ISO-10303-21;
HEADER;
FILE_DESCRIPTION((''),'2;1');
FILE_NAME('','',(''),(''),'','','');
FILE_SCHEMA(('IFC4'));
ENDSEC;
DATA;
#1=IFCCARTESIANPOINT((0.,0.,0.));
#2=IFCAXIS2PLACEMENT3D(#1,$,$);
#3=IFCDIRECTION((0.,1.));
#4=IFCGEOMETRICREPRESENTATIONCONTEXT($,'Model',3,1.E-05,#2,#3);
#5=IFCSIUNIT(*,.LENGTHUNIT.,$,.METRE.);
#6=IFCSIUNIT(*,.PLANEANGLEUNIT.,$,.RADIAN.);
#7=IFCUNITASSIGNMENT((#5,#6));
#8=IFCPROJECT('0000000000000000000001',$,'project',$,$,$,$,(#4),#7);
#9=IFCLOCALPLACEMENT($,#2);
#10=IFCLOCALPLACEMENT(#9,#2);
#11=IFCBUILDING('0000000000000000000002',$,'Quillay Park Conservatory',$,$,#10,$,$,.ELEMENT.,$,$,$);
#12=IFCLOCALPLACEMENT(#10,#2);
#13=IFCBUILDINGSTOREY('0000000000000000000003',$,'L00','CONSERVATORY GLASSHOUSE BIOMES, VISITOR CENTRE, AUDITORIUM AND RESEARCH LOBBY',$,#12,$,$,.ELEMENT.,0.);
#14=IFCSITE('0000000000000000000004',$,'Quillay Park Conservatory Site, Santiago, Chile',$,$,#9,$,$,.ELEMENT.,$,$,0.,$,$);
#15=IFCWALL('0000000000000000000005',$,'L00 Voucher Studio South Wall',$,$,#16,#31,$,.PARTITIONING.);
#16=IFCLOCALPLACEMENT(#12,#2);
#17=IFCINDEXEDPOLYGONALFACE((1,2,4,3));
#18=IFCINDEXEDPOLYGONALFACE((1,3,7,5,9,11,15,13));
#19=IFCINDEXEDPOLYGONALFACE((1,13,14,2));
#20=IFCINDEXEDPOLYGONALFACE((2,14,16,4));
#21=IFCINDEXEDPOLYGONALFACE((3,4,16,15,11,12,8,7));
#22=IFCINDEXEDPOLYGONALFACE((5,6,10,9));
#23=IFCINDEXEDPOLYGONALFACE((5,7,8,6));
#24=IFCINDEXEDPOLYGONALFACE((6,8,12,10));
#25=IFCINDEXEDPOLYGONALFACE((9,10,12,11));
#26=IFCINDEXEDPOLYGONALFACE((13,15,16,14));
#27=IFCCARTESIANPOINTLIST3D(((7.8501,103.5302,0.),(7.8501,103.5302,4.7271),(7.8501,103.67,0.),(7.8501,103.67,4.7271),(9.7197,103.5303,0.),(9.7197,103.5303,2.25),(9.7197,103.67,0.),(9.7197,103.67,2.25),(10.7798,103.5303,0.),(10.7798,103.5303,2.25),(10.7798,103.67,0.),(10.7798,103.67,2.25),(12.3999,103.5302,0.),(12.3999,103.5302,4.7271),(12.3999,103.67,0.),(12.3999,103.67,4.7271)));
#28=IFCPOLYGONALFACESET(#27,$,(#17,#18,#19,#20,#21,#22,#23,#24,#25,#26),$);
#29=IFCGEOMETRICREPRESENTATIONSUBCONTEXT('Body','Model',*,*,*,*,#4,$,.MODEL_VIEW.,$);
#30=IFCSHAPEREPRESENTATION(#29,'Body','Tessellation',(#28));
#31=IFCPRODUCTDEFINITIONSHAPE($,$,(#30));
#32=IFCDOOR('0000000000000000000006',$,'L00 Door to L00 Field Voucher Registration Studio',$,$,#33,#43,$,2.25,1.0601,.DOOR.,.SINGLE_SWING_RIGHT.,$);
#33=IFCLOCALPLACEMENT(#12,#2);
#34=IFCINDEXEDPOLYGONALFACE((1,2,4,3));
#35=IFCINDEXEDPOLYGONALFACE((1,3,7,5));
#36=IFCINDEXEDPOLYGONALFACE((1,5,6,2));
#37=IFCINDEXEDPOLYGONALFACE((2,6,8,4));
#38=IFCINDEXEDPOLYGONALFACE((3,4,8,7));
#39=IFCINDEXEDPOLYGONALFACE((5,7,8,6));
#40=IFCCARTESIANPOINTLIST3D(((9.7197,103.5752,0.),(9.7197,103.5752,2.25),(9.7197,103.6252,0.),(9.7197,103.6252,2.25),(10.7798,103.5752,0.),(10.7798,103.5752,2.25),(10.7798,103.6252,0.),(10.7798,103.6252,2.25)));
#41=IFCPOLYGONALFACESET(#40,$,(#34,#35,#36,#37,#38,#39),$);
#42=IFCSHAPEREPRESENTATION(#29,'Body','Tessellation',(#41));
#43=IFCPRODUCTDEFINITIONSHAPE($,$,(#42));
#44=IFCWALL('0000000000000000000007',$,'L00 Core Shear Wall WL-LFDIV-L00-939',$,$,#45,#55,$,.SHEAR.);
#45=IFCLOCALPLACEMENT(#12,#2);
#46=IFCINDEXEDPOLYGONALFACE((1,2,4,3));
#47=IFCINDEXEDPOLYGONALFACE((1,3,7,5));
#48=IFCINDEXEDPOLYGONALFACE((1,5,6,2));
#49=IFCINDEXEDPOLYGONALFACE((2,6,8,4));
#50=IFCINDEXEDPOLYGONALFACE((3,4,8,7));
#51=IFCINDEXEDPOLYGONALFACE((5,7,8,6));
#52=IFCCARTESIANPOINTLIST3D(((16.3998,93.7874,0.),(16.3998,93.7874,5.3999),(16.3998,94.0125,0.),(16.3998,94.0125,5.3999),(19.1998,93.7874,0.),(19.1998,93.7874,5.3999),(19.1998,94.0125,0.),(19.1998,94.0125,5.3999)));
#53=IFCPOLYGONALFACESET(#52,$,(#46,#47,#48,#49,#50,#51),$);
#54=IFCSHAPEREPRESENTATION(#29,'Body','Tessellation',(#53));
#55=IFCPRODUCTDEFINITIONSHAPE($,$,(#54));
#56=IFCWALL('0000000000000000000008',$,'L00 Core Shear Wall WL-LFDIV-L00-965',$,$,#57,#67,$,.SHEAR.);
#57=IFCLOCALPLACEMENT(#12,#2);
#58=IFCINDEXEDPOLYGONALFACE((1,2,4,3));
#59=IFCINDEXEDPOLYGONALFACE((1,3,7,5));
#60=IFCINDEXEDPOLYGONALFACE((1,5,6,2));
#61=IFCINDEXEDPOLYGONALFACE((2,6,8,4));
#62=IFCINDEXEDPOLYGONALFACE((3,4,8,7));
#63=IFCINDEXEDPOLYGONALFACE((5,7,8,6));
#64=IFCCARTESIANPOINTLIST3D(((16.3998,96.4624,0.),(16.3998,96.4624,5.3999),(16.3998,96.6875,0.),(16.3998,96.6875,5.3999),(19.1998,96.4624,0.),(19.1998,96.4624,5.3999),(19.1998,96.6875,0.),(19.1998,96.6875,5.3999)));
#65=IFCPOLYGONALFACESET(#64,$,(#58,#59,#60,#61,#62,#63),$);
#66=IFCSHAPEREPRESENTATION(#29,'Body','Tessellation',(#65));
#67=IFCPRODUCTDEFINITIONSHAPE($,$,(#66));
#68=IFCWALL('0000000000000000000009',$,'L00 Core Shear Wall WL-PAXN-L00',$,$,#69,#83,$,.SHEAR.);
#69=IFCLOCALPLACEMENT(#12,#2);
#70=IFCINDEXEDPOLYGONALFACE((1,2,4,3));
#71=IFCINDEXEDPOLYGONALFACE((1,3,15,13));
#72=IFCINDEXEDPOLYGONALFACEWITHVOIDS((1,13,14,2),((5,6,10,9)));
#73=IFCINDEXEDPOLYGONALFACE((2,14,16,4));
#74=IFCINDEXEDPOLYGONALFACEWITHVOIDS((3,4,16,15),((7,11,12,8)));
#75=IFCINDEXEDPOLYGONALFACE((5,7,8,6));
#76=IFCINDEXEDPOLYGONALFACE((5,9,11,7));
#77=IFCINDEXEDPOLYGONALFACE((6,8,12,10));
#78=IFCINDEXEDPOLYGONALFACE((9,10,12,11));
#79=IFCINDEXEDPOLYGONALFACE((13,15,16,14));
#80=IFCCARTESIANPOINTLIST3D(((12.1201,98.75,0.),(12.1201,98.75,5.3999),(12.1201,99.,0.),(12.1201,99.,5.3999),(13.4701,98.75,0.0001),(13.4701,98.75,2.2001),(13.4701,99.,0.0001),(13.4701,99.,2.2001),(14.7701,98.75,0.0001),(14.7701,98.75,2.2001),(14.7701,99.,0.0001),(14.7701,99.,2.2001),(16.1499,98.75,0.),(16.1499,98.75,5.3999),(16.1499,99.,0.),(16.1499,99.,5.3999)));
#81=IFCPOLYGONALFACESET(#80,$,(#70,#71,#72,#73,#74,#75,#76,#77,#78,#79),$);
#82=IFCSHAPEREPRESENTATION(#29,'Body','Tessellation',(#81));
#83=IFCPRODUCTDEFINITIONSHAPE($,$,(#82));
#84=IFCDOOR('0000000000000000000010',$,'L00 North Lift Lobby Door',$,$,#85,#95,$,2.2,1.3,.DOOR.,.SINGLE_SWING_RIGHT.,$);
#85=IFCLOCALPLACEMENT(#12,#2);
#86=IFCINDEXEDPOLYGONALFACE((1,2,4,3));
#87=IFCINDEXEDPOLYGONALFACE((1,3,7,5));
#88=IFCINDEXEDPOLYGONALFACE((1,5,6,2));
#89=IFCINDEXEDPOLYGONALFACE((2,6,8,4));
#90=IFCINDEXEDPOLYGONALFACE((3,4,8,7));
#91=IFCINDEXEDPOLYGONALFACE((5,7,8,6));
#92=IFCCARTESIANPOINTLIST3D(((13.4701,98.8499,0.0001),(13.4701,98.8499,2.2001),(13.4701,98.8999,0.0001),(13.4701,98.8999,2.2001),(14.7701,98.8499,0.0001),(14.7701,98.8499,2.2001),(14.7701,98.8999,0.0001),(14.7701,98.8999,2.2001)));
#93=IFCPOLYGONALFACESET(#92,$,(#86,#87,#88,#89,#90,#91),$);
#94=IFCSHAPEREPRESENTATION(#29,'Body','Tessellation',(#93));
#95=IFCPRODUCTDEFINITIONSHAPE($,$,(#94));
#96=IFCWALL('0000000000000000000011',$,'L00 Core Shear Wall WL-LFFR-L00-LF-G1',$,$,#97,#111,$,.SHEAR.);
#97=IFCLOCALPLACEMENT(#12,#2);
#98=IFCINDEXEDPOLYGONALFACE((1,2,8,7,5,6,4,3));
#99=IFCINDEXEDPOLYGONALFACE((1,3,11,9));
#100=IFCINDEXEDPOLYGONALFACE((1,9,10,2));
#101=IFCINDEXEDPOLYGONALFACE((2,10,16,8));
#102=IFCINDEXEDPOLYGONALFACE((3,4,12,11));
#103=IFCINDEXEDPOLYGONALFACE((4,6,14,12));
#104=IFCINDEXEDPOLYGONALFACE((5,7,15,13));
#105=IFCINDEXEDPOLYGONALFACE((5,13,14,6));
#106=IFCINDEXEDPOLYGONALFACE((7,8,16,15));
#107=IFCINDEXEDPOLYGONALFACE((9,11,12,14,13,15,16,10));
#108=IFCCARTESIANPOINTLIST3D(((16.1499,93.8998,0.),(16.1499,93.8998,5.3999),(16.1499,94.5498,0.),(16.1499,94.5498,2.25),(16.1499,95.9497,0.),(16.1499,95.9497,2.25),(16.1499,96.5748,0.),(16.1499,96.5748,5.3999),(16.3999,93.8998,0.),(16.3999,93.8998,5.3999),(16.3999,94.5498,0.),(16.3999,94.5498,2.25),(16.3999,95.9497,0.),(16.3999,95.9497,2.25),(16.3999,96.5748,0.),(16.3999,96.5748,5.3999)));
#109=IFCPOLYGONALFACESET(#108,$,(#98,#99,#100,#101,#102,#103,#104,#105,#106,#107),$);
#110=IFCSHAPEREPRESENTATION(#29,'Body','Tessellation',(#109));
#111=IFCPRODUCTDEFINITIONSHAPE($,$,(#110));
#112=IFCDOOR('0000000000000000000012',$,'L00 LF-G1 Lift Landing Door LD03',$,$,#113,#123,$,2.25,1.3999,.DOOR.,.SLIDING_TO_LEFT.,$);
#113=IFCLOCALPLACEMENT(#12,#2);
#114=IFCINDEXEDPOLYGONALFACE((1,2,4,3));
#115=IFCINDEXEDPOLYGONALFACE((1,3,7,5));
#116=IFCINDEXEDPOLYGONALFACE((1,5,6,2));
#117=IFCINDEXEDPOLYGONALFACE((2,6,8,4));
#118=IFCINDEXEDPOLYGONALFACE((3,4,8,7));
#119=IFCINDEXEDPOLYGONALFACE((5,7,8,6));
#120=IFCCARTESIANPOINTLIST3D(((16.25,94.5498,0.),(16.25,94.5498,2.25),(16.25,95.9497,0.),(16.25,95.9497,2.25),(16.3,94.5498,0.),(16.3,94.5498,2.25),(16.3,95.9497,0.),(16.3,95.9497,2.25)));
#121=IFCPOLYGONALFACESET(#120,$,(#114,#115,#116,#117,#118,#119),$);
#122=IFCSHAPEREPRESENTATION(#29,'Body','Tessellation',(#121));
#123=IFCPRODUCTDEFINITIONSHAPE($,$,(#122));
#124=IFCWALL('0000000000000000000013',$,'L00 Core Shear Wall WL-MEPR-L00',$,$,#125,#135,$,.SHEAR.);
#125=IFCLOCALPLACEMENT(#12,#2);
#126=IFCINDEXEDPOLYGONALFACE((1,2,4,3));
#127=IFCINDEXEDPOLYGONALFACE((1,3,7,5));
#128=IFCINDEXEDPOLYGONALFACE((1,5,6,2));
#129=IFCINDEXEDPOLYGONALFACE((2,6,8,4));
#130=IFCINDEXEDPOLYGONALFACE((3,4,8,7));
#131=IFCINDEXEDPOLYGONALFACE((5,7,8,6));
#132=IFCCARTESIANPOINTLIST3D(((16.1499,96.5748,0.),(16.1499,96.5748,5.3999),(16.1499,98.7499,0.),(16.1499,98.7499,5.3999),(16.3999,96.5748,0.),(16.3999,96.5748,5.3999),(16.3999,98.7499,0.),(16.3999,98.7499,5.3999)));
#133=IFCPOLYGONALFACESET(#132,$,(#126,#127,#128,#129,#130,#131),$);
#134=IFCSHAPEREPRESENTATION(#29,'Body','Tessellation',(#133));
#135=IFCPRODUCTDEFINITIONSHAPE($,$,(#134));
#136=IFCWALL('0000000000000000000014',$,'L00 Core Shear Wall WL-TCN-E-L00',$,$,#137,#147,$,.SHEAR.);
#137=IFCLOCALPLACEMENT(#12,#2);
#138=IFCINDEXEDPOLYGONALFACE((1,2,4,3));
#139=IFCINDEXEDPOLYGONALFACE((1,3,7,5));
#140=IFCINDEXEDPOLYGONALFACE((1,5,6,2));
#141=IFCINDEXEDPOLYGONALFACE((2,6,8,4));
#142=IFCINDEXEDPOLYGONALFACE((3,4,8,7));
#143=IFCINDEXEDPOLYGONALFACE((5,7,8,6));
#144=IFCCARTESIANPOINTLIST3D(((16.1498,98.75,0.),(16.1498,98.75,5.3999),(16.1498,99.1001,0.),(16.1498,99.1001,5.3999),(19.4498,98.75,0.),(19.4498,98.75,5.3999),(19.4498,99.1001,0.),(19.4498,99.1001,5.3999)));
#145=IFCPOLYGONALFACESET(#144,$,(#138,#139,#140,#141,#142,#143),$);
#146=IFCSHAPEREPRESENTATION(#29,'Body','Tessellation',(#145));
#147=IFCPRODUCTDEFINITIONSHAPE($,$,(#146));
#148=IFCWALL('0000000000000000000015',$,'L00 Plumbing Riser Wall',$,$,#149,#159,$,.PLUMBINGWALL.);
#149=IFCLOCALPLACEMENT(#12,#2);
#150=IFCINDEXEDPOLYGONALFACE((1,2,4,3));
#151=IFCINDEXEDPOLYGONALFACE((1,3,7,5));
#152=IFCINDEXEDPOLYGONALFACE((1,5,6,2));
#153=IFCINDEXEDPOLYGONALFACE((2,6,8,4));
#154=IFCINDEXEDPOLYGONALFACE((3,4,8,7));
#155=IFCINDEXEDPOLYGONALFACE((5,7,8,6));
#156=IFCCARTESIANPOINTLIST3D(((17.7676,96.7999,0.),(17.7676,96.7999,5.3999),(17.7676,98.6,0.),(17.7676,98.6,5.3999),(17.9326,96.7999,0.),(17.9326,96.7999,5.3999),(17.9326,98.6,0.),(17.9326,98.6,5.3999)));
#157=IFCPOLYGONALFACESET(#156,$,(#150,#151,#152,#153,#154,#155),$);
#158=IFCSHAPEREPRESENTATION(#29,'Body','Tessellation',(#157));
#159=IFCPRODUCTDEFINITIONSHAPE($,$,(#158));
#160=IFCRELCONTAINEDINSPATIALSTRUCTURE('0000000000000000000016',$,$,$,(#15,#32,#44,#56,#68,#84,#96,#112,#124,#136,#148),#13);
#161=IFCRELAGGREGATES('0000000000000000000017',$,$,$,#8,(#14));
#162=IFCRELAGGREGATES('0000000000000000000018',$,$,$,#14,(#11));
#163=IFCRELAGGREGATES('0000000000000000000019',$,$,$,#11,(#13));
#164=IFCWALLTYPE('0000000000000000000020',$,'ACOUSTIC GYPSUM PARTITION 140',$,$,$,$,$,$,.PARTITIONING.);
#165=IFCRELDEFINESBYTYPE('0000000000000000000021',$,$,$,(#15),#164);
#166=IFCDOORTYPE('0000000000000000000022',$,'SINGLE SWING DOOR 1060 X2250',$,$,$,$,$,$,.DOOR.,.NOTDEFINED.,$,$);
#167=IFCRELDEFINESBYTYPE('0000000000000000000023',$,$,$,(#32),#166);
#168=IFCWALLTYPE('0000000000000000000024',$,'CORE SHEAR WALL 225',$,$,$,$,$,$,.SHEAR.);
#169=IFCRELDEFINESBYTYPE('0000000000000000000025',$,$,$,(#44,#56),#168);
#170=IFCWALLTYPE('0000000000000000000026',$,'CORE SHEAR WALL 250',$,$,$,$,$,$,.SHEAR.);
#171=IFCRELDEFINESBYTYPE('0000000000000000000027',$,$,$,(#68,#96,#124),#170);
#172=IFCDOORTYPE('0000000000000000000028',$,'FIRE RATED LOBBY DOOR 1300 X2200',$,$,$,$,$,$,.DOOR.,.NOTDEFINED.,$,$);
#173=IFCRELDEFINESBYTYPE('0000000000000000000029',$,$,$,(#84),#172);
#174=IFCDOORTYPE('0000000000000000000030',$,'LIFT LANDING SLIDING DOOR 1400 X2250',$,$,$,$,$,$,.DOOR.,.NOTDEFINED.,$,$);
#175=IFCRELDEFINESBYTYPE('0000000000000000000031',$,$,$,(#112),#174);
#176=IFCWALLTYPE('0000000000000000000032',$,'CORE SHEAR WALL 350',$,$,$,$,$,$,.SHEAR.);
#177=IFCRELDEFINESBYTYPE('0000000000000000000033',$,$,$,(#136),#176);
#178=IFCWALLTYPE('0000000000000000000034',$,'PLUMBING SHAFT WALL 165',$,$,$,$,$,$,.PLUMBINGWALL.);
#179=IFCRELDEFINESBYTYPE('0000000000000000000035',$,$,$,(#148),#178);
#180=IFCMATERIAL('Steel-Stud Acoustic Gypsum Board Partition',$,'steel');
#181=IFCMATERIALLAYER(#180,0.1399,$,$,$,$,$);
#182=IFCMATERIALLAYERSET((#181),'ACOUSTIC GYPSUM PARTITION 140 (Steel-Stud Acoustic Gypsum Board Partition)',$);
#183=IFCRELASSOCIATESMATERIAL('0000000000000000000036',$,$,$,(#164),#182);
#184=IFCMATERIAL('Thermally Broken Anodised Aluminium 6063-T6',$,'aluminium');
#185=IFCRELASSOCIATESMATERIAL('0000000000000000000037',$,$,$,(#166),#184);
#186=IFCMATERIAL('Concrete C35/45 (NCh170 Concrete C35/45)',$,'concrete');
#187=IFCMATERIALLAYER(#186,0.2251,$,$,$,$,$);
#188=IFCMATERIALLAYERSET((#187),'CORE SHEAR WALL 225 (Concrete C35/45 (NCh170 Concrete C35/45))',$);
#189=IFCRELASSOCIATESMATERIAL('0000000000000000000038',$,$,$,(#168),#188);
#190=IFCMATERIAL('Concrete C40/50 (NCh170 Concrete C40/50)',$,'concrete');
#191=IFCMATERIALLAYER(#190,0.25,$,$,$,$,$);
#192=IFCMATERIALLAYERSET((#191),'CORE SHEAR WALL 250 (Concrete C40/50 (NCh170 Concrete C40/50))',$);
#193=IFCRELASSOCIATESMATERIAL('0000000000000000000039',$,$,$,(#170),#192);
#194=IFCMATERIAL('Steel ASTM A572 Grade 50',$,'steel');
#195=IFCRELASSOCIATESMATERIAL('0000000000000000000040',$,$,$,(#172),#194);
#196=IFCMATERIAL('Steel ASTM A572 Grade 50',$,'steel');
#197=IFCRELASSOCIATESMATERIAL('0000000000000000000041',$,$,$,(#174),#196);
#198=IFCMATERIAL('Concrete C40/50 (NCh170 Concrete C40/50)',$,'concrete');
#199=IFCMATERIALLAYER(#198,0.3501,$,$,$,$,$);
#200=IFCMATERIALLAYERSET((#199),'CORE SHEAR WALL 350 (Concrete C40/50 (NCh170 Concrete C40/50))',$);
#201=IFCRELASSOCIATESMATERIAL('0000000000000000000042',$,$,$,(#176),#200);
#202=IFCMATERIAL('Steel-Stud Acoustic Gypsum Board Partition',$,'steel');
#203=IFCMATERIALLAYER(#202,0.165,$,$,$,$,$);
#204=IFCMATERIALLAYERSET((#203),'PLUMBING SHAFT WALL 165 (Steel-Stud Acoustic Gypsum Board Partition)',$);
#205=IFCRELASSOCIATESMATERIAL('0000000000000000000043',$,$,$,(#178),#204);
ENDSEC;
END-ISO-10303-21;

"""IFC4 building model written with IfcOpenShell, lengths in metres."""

from ifc_helpers import new_model, si_unit, direction, frame, frame_2d, origin, place, context, subcontext, project, spatial, rectangle, extrude, material, layer, layer_set, type_object, element, fill, save


model = new_model("IFC4")

# Units and contexts
model_context = context("Model", 3, precision=1e-05, world=origin(), true_north=direction((0.0, 1.0)))
body_context = subcontext(model_context, "Body", "Model", "MODEL_VIEW")
ifc_project = project(units=[si_unit("LENGTHUNIT", "METRE"), si_unit("PLANEANGLEUNIT", "RADIAN")], contexts=[model_context])

# Site, building, storey
site_placement = place(None, origin())
site = spatial("IfcSite", under=ifc_project, at=site_placement, Name="Quillay Park Conservatory Site, Santiago, Chile", CompositionType="ELEMENT", RefElevation=0.0)
building_placement = place(site_placement, origin())
building = spatial("IfcBuilding", under=site, at=building_placement, Name="Quillay Park Conservatory", CompositionType="ELEMENT")
storey_placement = place(building_placement, origin())
storey = spatial("IfcBuildingStorey", under=building, at=storey_placement, Name="L00", Description="CONSERVATORY GLASSHOUSE BIOMES, VISITOR CENTRE, AUDITORIUM AND RESEARCH LOBBY", CompositionType="ELEMENT", Elevation=0.0)

# Wall, opening, door
ifc_material_1 = material(Name="Steel-Stud Acoustic Gypsum Board Partition", Category="steel")
ifc_layer_1 = layer(ifc_material_1, 0.1399)
ifc_layer_set_1 = layer_set([ifc_layer_1], Name="ACOUSTIC GYPSUM PARTITION 140 (Steel-Stud Acoustic Gypsum Board Partition)")
wall_type_1 = type_object("IfcWallType", Name="ACOUSTIC GYPSUM PARTITION 140", PredefinedType="PARTITIONING", material=ifc_layer_set_1)
wall_1_placement = place(storey_placement, frame((12.3999, 103.6001, 0.0), z_axis=(0.0, 0.0, 1.0), x_axis=(-1.0, 0.0, 0.0)))
wall_1 = element("IfcWall", 1, at=wall_1_placement, inside=storey, type_object=wall_type_1, Name="L00 Voucher Studio South Wall", PredefinedType="PARTITIONING", context=body_context, shape_type="SweptSolid", body=[
    extrude(rectangle(XDim=4.5498, YDim=0.1399, at=frame_2d((2.2749, 0.0))), origin(), (0.0, 0.0, 1.0), 4.7271),
])
opening_1_placement = place(wall_1_placement, frame((1.6201, 0.0, 0.0)))
opening_1 = element("IfcOpeningElement", 2, at=opening_1_placement, cuts=wall_1, PredefinedType="OPENING", context=body_context, shape_type="SweptSolid", body=[
    extrude(rectangle(XDim=1.0601, YDim=2.25, at=frame_2d((0.53, 1.125))), frame((0.0, 0.0698, 0.0), z_axis=(0.0, -1.0, 0.0), x_axis=(1.0, 0.0, 0.0)), (0.0, 0.0, 1.0), 0.1399),
])
ifc_material_2 = material(Name="Thermally Broken Anodised Aluminium 6063-T6", Category="aluminium")
door_type_1 = type_object("IfcDoorType", Name="SINGLE SWING DOOR 1060 X2250", OperationType="NOTDEFINED", PredefinedType="DOOR", material=ifc_material_2)
door_1_placement = place(opening_1_placement, origin())
door_1 = element("IfcDoor", 3, at=door_1_placement, inside=storey, type_object=door_type_1, Name="L00 Door to L00 Field Voucher Registration Studio", OperationType="SINGLE_SWING_RIGHT", OverallHeight=2.25, OverallWidth=1.0601, PredefinedType="DOOR", context=body_context, shape_type="SweptSolid", body=[
    extrude(rectangle(XDim=1.0601, YDim=2.25, at=frame_2d((0.53, 1.125))), frame((0.0, 0.0249, 0.0), z_axis=(0.0, -1.0, 0.0), x_axis=(1.0, 0.0, 0.0)), (0.0, 0.0, 1.0), 0.05),
])
fill(opening_1, door_1)

# Walls
ifc_material_3 = material(Name="Concrete C35/45 (NCh170 Concrete C35/45)", Category="concrete")
ifc_layer_2 = layer(ifc_material_3, 0.2251)
ifc_layer_set_2 = layer_set([ifc_layer_2], Name="CORE SHEAR WALL 225 (Concrete C35/45 (NCh170 Concrete C35/45))")
wall_type_2 = type_object("IfcWallType", Name="CORE SHEAR WALL 225", PredefinedType="SHEAR", material=ifc_layer_set_2)
for number, where, z_axis, x_axis, name in (
    (4, (16.3999, 93.8999, 0.0), (0.0, 0.0, 1.0), (1.0, 0.0, 0.0), "L00 Core Shear Wall WL-LFDIV-L00-939"),
    (5, (16.3999, 96.575, 0.0), (0.0, 0.0, 1.0), (1.0, 0.0, 0.0), "L00 Core Shear Wall WL-LFDIV-L00-965"),
):
    element("IfcWall", number, at=place(storey_placement, frame(where, z_axis=z_axis, x_axis=x_axis)), inside=storey, type_object=wall_type_2, Name=name, PredefinedType="SHEAR", context=body_context, shape_type="SweptSolid", body=[
        extrude(rectangle(XDim=2.8, YDim=0.2251, at=frame_2d((1.3999, 0.0))), origin(), (0.0, 0.0, 1.0), 5.3999),
    ])

# Walls, openings, doors
ifc_material_4 = material(Name="Concrete C40/50 (NCh170 Concrete C40/50)", Category="concrete")
ifc_layer_3 = layer(ifc_material_4, 0.25)
ifc_layer_set_3 = layer_set([ifc_layer_3], Name="CORE SHEAR WALL 250 (Concrete C40/50 (NCh170 Concrete C40/50))")
wall_type_3 = type_object("IfcWallType", Name="CORE SHEAR WALL 250", PredefinedType="SHEAR", material=ifc_layer_set_3)
wall_2_placement = place(storey_placement, frame((12.1201, 98.875, 0.0), z_axis=(0.0, 0.0, 1.0), x_axis=(1.0, 0.0, 0.0)))
wall_2 = element("IfcWall", 6, at=wall_2_placement, inside=storey, type_object=wall_type_3, Name="L00 Core Shear Wall WL-PAXN-L00", PredefinedType="SHEAR", context=body_context, shape_type="SweptSolid", body=[
    extrude(rectangle(XDim=4.0298, YDim=0.25, at=frame_2d((2.0149, 0.0))), origin(), (0.0, 0.0, 1.0), 5.3999),
])
opening_2_placement = place(wall_2_placement, frame((1.3501, 0.0, 0.0)))
opening_2 = element("IfcOpeningElement", 7, at=opening_2_placement, cuts=wall_2, PredefinedType="OPENING", context=body_context, shape_type="SweptSolid", body=[
    extrude(rectangle(XDim=1.3, YDim=2.2, at=frame_2d((0.6499, 1.1001))), frame((0.0, 0.125, 0.0), z_axis=(0.0, -1.0, 0.0), x_axis=(1.0, 0.0, 0.0)), (0.0, 0.0, 1.0), 0.25),
])
ifc_material_5 = material(Name="Steel ASTM A572 Grade 50", Category="steel")
door_type_2 = type_object("IfcDoorType", Name="FIRE RATED LOBBY DOOR 1300 X2200", OperationType="NOTDEFINED", PredefinedType="DOOR", material=ifc_material_5)
door_2_placement = place(opening_2_placement, origin())
door_2 = element("IfcDoor", 8, at=door_2_placement, inside=storey, type_object=door_type_2, Name="L00 North Lift Lobby Door", OperationType="SINGLE_SWING_RIGHT", OverallHeight=2.2, OverallWidth=1.3, PredefinedType="DOOR", context=body_context, shape_type="SweptSolid", body=[
    extrude(rectangle(XDim=1.3, YDim=2.2, at=frame_2d((0.6499, 1.1001))), frame((0.0, 0.0249, 0.0), z_axis=(0.0, -1.0, 0.0), x_axis=(1.0, 0.0, 0.0)), (0.0, 0.0, 1.0), 0.05),
])
fill(opening_2, door_2)
wall_3_placement = place(storey_placement, frame((16.2749, 93.8999, 0.0), z_axis=(0.0, 0.0, 1.0), x_axis=(0.0, 1.0, 0.0)))
wall_3 = element("IfcWall", 9, at=wall_3_placement, inside=storey, type_object=wall_type_3, Name="L00 Core Shear Wall WL-LFFR-L00-LF-G1", PredefinedType="SHEAR", context=body_context, shape_type="SweptSolid", body=[
    extrude(rectangle(XDim=2.675, YDim=0.25, at=frame_2d((1.3374, 0.0))), origin(), (0.0, 0.0, 1.0), 5.3999),
])
opening_3_placement = place(wall_3_placement, frame((0.6499, 0.0, 0.0)))
opening_3 = element("IfcOpeningElement", 10, at=opening_3_placement, cuts=wall_3, PredefinedType="OPENING", context=body_context, shape_type="SweptSolid", body=[
    extrude(rectangle(XDim=1.3999, YDim=2.25, at=frame_2d((0.7, 1.125))), frame((0.0, 0.125, 0.0), z_axis=(0.0, -1.0, 0.0), x_axis=(1.0, 0.0, 0.0)), (0.0, 0.0, 1.0), 0.25),
])
ifc_material_6 = material(Name="Steel ASTM A572 Grade 50", Category="steel")
door_type_3 = type_object("IfcDoorType", Name="LIFT LANDING SLIDING DOOR 1400 X2250", OperationType="NOTDEFINED", PredefinedType="DOOR", material=ifc_material_6)
door_3_placement = place(opening_3_placement, origin())
door_3 = element("IfcDoor", 11, at=door_3_placement, inside=storey, type_object=door_type_3, Name="L00 LF-G1 Lift Landing Door LD03", OperationType="SLIDING_TO_LEFT", OverallHeight=2.25, OverallWidth=1.3999, PredefinedType="DOOR", context=body_context, shape_type="SweptSolid", body=[
    extrude(rectangle(XDim=1.3999, YDim=2.25, at=frame_2d((0.7, 1.125))), frame((0.0, 0.0249, 0.0), z_axis=(0.0, -1.0, 0.0), x_axis=(1.0, 0.0, 0.0)), (0.0, 0.0, 1.0), 0.05),
])
fill(opening_3, door_3)

# Walls
wall_4_placement = place(storey_placement, frame((16.2749, 96.575, 0.0), z_axis=(0.0, 0.0, 1.0), x_axis=(0.0, 1.0, 0.0)))
element("IfcWall", 12, at=wall_4_placement, inside=storey, type_object=wall_type_3, Name="L00 Core Shear Wall WL-MEPR-L00", PredefinedType="SHEAR", context=body_context, shape_type="SweptSolid", body=[
    extrude(rectangle(XDim=2.175, YDim=0.25, at=frame_2d((1.0874, 0.0))), origin(), (0.0, 0.0, 1.0), 5.3999),
])
ifc_material_7 = material(Name="Concrete C40/50 (NCh170 Concrete C40/50)", Category="concrete")
ifc_layer_4 = layer(ifc_material_7, 0.3501)
ifc_layer_set_4 = layer_set([ifc_layer_4], Name="CORE SHEAR WALL 350 (Concrete C40/50 (NCh170 Concrete C40/50))")
wall_type_4 = type_object("IfcWallType", Name="CORE SHEAR WALL 350", PredefinedType="SHEAR", material=ifc_layer_set_4)
wall_5_placement = place(storey_placement, frame((16.1499, 98.925, 0.0), z_axis=(0.0, 0.0, 1.0), x_axis=(1.0, 0.0, 0.0)))
element("IfcWall", 13, at=wall_5_placement, inside=storey, type_object=wall_type_4, Name="L00 Core Shear Wall WL-TCN-E-L00", PredefinedType="SHEAR", context=body_context, shape_type="SweptSolid", body=[
    extrude(rectangle(XDim=3.3, YDim=0.3501, at=frame_2d((1.6499, 0.0))), origin(), (0.0, 0.0, 1.0), 5.3999),
])
ifc_material_8 = material(Name="Steel-Stud Acoustic Gypsum Board Partition", Category="steel")
ifc_layer_5 = layer(ifc_material_8, 0.165)
ifc_layer_set_5 = layer_set([ifc_layer_5], Name="PLUMBING SHAFT WALL 165 (Steel-Stud Acoustic Gypsum Board Partition)")
wall_type_5 = type_object("IfcWallType", Name="PLUMBING SHAFT WALL 165", PredefinedType="PLUMBINGWALL", material=ifc_layer_set_5)
wall_6_placement = place(storey_placement, frame((17.8501, 96.8, 0.0), z_axis=(0.0, 0.0, 1.0), x_axis=(0.0, 1.0, 0.0)))
element("IfcWall", 14, at=wall_6_placement, inside=storey, type_object=wall_type_5, Name="L00 Plumbing Riser Wall", PredefinedType="PLUMBINGWALL", context=body_context, shape_type="SweptSolid", body=[
    extrude(rectangle(XDim=1.8, YDim=0.165, at=frame_2d((0.8999, 0.0))), origin(), (0.0, 0.0, 1.0), 5.3999),
])

save(model, "model.ifc")
